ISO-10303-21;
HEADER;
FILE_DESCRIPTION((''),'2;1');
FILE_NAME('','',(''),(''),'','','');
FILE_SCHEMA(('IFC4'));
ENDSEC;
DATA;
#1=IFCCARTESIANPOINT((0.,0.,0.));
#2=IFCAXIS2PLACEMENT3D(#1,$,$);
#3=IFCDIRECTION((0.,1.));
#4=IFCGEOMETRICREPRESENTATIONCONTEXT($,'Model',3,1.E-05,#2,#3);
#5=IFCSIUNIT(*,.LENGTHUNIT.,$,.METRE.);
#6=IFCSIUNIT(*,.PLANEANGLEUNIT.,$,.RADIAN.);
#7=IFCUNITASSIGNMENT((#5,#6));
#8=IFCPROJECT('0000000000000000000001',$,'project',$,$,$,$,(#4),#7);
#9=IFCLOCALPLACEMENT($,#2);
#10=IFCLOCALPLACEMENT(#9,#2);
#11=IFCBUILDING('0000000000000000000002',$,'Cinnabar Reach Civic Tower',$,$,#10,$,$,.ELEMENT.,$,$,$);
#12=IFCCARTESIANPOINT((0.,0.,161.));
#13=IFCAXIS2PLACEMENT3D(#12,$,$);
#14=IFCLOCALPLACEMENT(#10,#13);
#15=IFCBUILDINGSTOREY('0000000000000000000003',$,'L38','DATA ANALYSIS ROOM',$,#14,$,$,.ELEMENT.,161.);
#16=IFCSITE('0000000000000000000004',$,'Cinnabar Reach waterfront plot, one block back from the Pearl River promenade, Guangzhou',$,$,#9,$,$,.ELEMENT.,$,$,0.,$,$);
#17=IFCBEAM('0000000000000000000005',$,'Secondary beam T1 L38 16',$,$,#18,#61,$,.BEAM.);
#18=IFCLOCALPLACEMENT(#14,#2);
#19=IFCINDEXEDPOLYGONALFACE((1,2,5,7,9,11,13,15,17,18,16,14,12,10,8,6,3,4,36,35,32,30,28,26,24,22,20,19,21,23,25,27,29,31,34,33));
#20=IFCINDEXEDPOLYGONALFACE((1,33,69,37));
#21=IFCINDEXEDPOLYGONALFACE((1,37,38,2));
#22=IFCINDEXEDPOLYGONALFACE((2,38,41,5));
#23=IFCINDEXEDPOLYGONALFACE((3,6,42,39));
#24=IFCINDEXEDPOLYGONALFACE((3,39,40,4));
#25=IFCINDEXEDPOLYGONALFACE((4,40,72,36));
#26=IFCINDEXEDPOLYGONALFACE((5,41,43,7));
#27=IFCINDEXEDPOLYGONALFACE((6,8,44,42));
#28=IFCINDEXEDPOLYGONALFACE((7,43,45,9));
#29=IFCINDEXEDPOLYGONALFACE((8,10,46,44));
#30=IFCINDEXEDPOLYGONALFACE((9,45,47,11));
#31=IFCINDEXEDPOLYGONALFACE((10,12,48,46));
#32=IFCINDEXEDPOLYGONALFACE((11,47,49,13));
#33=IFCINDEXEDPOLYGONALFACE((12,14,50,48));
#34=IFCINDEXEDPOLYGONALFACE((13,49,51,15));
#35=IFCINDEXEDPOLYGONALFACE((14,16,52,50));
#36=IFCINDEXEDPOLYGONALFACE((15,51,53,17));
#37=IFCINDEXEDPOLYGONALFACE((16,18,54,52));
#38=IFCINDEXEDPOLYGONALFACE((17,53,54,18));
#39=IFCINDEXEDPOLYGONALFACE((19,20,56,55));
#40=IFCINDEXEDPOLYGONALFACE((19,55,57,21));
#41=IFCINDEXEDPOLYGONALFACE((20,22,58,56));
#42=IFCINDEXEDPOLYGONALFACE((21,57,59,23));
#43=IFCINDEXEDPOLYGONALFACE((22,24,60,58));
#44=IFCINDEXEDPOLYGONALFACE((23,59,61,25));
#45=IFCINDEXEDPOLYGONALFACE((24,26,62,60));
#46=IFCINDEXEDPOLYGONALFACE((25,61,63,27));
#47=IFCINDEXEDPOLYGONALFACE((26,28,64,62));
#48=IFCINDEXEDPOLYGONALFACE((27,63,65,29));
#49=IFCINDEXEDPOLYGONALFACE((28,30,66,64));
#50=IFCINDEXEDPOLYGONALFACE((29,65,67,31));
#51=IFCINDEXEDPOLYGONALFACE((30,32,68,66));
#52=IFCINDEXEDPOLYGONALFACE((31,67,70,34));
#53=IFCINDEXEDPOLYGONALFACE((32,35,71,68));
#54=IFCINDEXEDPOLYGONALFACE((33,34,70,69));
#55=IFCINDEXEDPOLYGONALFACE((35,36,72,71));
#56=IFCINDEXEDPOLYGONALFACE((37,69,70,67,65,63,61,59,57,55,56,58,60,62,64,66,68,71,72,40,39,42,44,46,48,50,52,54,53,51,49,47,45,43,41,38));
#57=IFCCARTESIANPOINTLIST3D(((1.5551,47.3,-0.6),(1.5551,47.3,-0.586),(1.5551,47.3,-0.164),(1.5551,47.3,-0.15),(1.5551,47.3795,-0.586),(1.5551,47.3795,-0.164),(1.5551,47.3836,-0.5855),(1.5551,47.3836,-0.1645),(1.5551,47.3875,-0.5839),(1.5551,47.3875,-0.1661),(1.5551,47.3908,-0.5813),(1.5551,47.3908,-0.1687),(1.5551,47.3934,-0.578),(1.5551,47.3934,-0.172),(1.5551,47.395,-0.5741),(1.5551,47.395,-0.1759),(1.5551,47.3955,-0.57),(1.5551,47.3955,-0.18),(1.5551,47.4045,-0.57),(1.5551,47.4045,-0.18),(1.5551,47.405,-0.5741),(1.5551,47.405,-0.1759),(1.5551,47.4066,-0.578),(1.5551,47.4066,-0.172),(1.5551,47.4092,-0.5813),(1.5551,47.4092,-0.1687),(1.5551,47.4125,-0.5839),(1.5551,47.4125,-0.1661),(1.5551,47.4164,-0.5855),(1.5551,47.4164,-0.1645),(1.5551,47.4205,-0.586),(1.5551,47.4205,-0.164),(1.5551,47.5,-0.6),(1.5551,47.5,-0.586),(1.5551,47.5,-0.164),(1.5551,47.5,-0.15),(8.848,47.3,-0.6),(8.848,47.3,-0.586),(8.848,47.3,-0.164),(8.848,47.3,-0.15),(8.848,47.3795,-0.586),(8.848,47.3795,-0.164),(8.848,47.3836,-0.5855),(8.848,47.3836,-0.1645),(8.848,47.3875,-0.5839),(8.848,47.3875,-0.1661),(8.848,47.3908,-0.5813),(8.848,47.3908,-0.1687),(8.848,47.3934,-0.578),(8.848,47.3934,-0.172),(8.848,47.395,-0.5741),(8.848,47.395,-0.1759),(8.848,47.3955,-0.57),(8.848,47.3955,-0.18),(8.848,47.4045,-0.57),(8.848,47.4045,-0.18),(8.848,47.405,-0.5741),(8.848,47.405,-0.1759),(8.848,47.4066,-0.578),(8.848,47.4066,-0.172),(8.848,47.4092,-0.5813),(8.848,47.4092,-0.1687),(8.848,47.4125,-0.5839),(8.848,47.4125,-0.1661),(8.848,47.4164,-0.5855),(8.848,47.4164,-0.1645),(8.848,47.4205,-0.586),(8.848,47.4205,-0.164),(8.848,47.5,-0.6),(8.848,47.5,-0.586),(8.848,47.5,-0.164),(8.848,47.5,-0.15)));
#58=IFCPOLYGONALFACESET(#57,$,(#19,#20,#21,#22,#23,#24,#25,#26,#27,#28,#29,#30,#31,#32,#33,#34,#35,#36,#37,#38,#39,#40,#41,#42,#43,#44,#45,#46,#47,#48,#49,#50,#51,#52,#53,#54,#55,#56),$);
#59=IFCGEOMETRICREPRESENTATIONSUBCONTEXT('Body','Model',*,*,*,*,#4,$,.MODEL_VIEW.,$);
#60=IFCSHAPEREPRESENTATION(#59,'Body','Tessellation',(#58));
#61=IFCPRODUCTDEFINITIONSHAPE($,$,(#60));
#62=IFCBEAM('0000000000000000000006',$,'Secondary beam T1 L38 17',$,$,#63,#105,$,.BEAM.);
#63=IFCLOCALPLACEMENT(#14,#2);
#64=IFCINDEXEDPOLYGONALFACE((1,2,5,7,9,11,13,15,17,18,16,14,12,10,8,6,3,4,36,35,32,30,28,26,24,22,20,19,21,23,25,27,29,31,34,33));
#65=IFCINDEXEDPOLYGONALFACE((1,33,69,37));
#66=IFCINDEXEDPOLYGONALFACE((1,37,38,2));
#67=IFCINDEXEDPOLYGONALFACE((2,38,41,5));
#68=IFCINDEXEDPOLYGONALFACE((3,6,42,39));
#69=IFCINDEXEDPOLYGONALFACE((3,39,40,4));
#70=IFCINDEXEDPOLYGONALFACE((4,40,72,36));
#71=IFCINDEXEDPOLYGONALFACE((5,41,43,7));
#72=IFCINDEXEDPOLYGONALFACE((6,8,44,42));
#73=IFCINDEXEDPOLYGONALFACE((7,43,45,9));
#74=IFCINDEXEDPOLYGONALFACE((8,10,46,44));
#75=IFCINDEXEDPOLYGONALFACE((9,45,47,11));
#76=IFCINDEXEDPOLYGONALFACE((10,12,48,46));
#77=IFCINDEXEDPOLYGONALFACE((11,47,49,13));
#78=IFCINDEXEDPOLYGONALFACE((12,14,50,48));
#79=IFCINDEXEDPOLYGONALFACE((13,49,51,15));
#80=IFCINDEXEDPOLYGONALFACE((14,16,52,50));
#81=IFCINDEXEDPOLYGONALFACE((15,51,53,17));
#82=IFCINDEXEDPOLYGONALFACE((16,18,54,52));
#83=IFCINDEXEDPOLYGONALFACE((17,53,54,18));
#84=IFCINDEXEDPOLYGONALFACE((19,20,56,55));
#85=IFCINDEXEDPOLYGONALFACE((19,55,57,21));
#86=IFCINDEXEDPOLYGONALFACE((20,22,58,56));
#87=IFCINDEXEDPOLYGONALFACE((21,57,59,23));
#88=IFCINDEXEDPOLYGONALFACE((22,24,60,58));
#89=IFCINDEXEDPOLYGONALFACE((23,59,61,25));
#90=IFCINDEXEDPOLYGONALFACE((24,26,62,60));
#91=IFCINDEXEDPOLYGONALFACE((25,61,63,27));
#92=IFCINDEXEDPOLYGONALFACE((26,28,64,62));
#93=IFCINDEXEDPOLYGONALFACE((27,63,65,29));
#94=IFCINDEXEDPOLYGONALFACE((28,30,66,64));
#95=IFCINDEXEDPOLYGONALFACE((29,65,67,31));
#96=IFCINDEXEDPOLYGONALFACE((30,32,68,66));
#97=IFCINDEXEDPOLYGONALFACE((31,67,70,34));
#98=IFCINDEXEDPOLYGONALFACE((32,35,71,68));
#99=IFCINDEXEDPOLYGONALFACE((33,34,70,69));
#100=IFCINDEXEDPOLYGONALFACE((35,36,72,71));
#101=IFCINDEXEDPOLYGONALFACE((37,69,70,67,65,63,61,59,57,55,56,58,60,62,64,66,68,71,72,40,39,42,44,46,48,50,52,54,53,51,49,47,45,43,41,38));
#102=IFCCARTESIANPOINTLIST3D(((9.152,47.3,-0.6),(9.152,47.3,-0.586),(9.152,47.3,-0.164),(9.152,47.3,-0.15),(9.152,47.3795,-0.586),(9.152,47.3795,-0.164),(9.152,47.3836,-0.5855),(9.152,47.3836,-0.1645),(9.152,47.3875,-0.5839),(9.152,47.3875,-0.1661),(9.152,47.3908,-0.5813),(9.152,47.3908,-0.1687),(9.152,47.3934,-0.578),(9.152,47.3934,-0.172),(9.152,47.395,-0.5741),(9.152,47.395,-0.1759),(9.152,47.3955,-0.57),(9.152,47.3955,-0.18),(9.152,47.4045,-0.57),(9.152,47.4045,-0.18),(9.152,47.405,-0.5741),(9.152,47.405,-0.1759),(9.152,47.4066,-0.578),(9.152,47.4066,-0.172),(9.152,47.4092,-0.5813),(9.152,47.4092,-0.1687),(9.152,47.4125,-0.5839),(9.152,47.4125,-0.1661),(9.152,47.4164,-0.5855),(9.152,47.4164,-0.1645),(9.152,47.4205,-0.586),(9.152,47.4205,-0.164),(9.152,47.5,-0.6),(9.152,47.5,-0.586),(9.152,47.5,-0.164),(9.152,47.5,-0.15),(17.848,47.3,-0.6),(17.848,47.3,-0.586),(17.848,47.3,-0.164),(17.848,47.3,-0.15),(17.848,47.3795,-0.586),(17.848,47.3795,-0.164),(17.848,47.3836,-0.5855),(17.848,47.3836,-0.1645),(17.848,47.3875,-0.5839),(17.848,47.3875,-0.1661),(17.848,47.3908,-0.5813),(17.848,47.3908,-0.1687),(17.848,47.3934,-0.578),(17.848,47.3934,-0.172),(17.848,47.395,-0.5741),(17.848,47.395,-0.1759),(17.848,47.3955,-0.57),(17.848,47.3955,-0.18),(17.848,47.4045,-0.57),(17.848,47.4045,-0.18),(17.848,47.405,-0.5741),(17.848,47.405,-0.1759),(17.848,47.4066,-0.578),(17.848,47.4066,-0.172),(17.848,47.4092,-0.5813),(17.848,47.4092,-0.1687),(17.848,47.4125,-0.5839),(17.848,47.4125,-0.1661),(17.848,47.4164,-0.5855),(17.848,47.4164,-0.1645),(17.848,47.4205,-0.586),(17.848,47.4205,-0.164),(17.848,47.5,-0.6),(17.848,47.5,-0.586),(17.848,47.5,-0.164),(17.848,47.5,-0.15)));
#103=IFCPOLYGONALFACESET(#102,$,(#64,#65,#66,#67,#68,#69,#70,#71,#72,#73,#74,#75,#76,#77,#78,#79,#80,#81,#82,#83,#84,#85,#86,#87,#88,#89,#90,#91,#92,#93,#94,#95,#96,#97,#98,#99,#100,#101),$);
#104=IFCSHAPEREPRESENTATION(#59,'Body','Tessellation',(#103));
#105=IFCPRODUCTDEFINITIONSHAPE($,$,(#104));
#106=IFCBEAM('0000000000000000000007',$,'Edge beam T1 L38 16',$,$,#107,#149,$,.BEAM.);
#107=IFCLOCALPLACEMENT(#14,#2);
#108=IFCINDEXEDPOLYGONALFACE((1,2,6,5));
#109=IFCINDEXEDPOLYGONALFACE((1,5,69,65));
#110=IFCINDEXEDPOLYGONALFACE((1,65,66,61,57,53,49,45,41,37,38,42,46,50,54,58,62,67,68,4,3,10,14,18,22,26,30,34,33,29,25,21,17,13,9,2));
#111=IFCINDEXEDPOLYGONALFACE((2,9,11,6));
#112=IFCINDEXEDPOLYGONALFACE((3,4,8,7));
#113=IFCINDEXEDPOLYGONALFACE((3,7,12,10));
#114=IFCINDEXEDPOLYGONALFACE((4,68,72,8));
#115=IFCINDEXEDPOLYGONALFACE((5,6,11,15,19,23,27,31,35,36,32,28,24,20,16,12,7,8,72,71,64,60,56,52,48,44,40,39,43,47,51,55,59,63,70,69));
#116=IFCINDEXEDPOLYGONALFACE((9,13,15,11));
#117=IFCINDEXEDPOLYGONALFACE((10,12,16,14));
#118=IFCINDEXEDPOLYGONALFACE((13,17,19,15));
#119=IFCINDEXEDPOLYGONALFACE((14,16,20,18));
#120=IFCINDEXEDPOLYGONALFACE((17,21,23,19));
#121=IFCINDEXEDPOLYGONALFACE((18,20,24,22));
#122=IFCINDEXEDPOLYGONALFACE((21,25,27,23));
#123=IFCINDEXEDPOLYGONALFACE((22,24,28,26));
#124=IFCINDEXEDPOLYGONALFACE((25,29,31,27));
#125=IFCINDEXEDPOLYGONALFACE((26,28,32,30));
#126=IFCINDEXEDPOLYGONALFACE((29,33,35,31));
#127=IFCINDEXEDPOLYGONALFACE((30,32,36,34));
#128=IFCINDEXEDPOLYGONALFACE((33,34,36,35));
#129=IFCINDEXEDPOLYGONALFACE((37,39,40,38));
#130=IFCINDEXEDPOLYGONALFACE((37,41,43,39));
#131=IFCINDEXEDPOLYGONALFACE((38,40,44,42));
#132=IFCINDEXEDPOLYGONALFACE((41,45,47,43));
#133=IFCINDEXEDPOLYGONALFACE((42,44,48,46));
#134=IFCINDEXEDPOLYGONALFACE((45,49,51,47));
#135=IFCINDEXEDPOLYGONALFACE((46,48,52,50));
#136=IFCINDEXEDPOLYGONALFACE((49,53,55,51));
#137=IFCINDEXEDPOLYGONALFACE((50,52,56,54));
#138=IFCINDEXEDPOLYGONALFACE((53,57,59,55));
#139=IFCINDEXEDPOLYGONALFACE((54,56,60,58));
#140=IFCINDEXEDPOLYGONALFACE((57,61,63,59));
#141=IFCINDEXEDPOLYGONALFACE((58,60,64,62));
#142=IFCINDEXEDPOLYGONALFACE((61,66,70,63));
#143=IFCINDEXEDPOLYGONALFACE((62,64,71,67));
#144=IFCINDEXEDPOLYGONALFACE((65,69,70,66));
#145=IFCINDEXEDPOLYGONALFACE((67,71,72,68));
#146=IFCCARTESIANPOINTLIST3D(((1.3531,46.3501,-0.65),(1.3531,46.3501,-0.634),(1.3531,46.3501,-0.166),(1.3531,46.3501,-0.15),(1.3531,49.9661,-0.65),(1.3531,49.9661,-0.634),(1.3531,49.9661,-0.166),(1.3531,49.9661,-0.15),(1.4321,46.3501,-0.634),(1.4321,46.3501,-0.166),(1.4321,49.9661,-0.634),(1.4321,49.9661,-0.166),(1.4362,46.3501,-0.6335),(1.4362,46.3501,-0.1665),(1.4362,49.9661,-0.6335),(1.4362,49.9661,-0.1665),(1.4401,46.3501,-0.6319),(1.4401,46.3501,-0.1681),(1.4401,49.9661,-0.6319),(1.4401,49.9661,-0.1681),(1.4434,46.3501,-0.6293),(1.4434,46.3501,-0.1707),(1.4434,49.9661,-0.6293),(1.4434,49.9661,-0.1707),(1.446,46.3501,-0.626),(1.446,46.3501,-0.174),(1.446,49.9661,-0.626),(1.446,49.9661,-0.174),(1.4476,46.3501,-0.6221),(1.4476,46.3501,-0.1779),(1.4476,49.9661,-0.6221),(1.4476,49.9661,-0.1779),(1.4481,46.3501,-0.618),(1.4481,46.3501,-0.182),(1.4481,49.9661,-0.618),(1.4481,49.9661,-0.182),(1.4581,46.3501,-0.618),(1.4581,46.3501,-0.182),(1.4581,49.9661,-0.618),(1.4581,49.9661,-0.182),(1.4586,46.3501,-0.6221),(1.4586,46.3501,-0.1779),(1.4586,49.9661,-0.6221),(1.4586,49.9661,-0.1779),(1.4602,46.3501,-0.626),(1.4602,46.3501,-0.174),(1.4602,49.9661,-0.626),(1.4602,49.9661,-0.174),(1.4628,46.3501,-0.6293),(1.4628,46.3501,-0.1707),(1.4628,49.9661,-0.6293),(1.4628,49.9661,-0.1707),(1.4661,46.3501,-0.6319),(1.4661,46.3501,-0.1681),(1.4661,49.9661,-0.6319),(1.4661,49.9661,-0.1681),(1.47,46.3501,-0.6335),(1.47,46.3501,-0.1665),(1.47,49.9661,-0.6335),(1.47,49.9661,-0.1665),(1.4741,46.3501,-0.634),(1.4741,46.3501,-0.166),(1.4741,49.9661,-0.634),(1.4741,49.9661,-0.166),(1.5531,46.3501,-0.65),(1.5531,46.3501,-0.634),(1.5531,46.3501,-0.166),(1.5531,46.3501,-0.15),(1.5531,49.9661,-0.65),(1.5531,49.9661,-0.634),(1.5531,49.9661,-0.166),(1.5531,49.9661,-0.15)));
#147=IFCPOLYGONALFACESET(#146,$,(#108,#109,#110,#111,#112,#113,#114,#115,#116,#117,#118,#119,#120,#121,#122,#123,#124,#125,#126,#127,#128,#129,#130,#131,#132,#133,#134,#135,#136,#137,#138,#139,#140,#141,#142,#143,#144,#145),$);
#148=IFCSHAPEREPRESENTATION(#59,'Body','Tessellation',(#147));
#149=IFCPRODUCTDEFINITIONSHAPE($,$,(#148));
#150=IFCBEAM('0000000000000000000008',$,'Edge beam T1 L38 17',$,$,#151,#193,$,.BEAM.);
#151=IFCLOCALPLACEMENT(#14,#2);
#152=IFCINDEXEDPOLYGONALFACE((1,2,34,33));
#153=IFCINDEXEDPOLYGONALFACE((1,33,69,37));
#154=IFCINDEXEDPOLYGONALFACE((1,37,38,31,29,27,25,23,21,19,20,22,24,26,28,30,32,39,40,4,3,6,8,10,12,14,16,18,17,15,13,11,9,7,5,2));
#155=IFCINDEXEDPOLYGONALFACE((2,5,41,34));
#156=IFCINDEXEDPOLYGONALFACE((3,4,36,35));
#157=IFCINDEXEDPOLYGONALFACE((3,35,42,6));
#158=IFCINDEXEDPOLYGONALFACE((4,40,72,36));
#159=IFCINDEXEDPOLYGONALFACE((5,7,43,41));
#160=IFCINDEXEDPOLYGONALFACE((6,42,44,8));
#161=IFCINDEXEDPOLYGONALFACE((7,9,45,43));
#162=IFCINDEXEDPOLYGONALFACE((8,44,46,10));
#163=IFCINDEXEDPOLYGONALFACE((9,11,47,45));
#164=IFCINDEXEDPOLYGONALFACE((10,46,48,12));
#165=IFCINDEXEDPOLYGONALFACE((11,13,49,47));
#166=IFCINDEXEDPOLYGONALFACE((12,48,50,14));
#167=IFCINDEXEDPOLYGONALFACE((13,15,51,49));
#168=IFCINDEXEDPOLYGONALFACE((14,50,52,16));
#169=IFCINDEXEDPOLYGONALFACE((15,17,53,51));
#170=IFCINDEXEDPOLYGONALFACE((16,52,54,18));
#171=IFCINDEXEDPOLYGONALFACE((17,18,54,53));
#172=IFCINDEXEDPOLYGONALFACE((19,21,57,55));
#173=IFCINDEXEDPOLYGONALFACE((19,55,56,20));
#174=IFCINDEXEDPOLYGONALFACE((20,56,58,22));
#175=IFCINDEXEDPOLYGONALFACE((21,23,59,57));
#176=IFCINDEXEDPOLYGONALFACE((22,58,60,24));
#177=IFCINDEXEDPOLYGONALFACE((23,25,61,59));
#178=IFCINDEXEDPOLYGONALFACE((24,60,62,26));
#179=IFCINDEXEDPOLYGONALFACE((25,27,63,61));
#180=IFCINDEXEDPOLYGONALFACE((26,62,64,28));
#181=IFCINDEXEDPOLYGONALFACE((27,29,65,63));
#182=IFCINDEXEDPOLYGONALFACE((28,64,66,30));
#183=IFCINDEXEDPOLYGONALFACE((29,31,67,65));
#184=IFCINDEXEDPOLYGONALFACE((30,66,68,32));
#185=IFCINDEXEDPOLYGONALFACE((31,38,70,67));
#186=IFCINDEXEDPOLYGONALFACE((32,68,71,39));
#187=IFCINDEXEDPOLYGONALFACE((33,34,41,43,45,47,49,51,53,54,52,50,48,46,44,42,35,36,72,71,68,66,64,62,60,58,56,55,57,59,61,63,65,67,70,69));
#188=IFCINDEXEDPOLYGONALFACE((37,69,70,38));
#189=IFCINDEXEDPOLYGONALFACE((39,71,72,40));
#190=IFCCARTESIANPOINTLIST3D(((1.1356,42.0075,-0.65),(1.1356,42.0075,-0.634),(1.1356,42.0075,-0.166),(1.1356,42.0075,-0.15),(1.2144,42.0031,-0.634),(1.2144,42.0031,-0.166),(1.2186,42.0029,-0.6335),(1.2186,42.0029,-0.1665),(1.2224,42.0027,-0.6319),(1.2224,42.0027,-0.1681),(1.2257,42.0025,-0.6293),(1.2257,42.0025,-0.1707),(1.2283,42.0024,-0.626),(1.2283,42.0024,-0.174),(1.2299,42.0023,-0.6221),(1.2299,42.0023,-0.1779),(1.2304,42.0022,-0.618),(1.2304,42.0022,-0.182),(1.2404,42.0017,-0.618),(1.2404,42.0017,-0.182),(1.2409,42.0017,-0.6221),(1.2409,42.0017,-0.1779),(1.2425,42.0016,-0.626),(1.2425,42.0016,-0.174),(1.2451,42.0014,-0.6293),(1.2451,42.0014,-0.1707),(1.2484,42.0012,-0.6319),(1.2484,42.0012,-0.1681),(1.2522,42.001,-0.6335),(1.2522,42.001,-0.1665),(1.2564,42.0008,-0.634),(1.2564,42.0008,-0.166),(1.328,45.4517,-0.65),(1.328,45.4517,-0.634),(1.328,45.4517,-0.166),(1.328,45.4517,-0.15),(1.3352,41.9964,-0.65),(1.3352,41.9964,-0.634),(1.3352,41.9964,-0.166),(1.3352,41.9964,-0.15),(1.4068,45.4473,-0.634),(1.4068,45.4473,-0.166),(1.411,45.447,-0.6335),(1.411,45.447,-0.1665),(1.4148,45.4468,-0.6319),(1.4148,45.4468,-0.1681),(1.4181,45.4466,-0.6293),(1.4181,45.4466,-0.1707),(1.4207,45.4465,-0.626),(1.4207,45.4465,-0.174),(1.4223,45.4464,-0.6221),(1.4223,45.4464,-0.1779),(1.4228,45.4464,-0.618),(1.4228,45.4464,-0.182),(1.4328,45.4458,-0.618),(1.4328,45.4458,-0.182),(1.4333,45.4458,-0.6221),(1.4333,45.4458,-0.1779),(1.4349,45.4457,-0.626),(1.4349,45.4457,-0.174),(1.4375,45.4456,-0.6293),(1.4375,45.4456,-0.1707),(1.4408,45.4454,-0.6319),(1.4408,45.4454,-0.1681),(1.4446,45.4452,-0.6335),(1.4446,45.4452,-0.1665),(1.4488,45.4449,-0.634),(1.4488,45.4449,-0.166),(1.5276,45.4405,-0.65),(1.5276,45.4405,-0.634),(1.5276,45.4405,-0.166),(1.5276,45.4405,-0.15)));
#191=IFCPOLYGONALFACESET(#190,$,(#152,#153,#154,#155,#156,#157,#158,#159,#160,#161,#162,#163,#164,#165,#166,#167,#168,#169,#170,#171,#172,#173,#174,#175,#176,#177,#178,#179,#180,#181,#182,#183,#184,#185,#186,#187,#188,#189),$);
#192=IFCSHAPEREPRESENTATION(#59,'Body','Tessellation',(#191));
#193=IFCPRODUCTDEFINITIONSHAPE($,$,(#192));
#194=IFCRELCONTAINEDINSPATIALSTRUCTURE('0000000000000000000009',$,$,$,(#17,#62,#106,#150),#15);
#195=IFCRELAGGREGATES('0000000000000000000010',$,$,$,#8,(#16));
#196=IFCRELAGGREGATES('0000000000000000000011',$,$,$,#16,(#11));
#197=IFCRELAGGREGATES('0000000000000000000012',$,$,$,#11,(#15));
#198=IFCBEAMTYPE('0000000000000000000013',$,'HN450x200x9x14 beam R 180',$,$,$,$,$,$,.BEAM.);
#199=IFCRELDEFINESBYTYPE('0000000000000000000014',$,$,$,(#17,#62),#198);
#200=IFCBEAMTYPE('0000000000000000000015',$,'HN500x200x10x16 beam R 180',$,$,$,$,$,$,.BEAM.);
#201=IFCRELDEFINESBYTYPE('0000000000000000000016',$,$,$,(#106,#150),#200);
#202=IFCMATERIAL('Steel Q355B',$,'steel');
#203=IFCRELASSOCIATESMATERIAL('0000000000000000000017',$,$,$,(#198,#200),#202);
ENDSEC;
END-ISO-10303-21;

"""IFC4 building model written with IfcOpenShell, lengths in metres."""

from ifc_helpers import new_model, si_unit, direction, frame, origin, origin_2d, place, context, subcontext, project, spatial, i_section, extrude, material, material_profile, profile_set, type_object, element, save


model = new_model("IFC4")

# Units and contexts
model_context = context("Model", 3, precision=1e-05, world=origin(), true_north=direction((0.0, 1.0)))
body_context = subcontext(model_context, "Body", "Model", "MODEL_VIEW")
ifc_project = project(units=[si_unit("LENGTHUNIT", "METRE"), si_unit("PLANEANGLEUNIT", "RADIAN")], contexts=[model_context])

# Site, building, storey
site_placement = place(None, origin())
site = spatial("IfcSite", under=ifc_project, at=site_placement, Name="Cinnabar Reach waterfront plot, one block back from the Pearl River promenade, Guangzhou", CompositionType="ELEMENT", RefElevation=0.0)
building_placement = place(site_placement, origin())
building = spatial("IfcBuilding", under=site, at=building_placement, Name="Cinnabar Reach Civic Tower", CompositionType="ELEMENT")
storey_placement = place(building_placement, frame((0.0, 0.0, 161.0)))
storey = spatial("IfcBuildingStorey", under=building, at=storey_placement, Name="L38", Description="DATA ANALYSIS ROOM", CompositionType="ELEMENT", Elevation=161.0)

# Beams
ifc_material_1 = material(Name="Steel Q355B", Category="steel")
ifc_material_profile_1 = material_profile(ifc_material_1, i_section(OverallWidth=0.2, OverallDepth=0.45, WebThickness=0.009, FlangeThickness=0.014, FilletRadius=0.016, at=origin_2d()), Name="HN450x200x9x14")
ifc_profile_set_1 = profile_set([ifc_material_profile_1], Name="Steel Q355B")
beam_type_1 = type_object("IfcBeamType", Name="HN450x200x9x14 beam R 180", PredefinedType="BEAM", material=ifc_profile_set_1)
beam_1_placement = place(storey_placement, frame((1.5551, 47.4, -0.375), z_axis=(1.0, 0.0, 0.0), x_axis=(0.0, 1.0, 0.0)))
element("IfcBeam", 1, at=beam_1_placement, inside=storey, type_object=beam_type_1, Name="Secondary beam T1 L38 16", PredefinedType="BEAM", context=body_context, shape_type="SweptSolid", body=[
    extrude(i_section(OverallWidth=0.2, OverallDepth=0.45, WebThickness=0.009, FlangeThickness=0.014, FilletRadius=0.016, at=origin_2d()), origin(), (0.0, 0.0, 1.0), 7.2929),
])
beam_2_placement = place(storey_placement, frame((9.152, 47.4, -0.375), z_axis=(1.0, 0.0, 0.0), x_axis=(0.0, 1.0, 0.0)))
element("IfcBeam", 2, at=beam_2_placement, inside=storey, type_object=beam_type_1, Name="Secondary beam T1 L38 17", PredefinedType="BEAM", context=body_context, shape_type="SweptSolid", body=[
    extrude(i_section(OverallWidth=0.2, OverallDepth=0.45, WebThickness=0.009, FlangeThickness=0.014, FilletRadius=0.016, at=origin_2d()), origin(), (0.0, 0.0, 1.0), 8.696),
])
ifc_material_profile_2 = material_profile(ifc_material_1, i_section(OverallWidth=0.2, OverallDepth=0.5, WebThickness=0.01, FlangeThickness=0.016, FilletRadius=0.016, at=origin_2d()), Name="HN500x200x10x16")
ifc_profile_set_2 = profile_set([ifc_material_profile_2], Name="Steel Q355B")
beam_type_2 = type_object("IfcBeamType", Name="HN500x200x10x16 beam R 180", PredefinedType="BEAM", material=ifc_profile_set_2)
beam_3_placement = place(storey_placement, frame((1.4531, 49.9661, -0.4), z_axis=(0.0, -1.0, 0.0), x_axis=(1.0, 0.0, 0.0)))
element("IfcBeam", 3, at=beam_3_placement, inside=storey, type_object=beam_type_2, Name="Edge beam T1 L38 16", PredefinedType="BEAM", context=body_context, shape_type="SweptSolid", body=[
    extrude(i_section(OverallWidth=0.2, OverallDepth=0.5, WebThickness=0.01, FlangeThickness=0.016, FilletRadius=0.016, at=origin_2d()), origin(), (0.0, 0.0, 1.0), 3.616),
])
beam_4_placement = place(storey_placement, frame((1.4278, 45.4461, -0.4), z_axis=(-0.055777, -0.998443, 0.0), x_axis=(0.998443, -0.055777, 0.0)))
element("IfcBeam", 4, at=beam_4_placement, inside=storey, type_object=beam_type_2, Name="Edge beam T1 L38 17", PredefinedType="BEAM", context=body_context, shape_type="SweptSolid", body=[
    extrude(i_section(OverallWidth=0.2, OverallDepth=0.5, WebThickness=0.01, FlangeThickness=0.016, FilletRadius=0.016, at=origin_2d()), origin(), (0.0, 0.0, 1.0), 3.4495),
])

save(model, "model.ifc")
